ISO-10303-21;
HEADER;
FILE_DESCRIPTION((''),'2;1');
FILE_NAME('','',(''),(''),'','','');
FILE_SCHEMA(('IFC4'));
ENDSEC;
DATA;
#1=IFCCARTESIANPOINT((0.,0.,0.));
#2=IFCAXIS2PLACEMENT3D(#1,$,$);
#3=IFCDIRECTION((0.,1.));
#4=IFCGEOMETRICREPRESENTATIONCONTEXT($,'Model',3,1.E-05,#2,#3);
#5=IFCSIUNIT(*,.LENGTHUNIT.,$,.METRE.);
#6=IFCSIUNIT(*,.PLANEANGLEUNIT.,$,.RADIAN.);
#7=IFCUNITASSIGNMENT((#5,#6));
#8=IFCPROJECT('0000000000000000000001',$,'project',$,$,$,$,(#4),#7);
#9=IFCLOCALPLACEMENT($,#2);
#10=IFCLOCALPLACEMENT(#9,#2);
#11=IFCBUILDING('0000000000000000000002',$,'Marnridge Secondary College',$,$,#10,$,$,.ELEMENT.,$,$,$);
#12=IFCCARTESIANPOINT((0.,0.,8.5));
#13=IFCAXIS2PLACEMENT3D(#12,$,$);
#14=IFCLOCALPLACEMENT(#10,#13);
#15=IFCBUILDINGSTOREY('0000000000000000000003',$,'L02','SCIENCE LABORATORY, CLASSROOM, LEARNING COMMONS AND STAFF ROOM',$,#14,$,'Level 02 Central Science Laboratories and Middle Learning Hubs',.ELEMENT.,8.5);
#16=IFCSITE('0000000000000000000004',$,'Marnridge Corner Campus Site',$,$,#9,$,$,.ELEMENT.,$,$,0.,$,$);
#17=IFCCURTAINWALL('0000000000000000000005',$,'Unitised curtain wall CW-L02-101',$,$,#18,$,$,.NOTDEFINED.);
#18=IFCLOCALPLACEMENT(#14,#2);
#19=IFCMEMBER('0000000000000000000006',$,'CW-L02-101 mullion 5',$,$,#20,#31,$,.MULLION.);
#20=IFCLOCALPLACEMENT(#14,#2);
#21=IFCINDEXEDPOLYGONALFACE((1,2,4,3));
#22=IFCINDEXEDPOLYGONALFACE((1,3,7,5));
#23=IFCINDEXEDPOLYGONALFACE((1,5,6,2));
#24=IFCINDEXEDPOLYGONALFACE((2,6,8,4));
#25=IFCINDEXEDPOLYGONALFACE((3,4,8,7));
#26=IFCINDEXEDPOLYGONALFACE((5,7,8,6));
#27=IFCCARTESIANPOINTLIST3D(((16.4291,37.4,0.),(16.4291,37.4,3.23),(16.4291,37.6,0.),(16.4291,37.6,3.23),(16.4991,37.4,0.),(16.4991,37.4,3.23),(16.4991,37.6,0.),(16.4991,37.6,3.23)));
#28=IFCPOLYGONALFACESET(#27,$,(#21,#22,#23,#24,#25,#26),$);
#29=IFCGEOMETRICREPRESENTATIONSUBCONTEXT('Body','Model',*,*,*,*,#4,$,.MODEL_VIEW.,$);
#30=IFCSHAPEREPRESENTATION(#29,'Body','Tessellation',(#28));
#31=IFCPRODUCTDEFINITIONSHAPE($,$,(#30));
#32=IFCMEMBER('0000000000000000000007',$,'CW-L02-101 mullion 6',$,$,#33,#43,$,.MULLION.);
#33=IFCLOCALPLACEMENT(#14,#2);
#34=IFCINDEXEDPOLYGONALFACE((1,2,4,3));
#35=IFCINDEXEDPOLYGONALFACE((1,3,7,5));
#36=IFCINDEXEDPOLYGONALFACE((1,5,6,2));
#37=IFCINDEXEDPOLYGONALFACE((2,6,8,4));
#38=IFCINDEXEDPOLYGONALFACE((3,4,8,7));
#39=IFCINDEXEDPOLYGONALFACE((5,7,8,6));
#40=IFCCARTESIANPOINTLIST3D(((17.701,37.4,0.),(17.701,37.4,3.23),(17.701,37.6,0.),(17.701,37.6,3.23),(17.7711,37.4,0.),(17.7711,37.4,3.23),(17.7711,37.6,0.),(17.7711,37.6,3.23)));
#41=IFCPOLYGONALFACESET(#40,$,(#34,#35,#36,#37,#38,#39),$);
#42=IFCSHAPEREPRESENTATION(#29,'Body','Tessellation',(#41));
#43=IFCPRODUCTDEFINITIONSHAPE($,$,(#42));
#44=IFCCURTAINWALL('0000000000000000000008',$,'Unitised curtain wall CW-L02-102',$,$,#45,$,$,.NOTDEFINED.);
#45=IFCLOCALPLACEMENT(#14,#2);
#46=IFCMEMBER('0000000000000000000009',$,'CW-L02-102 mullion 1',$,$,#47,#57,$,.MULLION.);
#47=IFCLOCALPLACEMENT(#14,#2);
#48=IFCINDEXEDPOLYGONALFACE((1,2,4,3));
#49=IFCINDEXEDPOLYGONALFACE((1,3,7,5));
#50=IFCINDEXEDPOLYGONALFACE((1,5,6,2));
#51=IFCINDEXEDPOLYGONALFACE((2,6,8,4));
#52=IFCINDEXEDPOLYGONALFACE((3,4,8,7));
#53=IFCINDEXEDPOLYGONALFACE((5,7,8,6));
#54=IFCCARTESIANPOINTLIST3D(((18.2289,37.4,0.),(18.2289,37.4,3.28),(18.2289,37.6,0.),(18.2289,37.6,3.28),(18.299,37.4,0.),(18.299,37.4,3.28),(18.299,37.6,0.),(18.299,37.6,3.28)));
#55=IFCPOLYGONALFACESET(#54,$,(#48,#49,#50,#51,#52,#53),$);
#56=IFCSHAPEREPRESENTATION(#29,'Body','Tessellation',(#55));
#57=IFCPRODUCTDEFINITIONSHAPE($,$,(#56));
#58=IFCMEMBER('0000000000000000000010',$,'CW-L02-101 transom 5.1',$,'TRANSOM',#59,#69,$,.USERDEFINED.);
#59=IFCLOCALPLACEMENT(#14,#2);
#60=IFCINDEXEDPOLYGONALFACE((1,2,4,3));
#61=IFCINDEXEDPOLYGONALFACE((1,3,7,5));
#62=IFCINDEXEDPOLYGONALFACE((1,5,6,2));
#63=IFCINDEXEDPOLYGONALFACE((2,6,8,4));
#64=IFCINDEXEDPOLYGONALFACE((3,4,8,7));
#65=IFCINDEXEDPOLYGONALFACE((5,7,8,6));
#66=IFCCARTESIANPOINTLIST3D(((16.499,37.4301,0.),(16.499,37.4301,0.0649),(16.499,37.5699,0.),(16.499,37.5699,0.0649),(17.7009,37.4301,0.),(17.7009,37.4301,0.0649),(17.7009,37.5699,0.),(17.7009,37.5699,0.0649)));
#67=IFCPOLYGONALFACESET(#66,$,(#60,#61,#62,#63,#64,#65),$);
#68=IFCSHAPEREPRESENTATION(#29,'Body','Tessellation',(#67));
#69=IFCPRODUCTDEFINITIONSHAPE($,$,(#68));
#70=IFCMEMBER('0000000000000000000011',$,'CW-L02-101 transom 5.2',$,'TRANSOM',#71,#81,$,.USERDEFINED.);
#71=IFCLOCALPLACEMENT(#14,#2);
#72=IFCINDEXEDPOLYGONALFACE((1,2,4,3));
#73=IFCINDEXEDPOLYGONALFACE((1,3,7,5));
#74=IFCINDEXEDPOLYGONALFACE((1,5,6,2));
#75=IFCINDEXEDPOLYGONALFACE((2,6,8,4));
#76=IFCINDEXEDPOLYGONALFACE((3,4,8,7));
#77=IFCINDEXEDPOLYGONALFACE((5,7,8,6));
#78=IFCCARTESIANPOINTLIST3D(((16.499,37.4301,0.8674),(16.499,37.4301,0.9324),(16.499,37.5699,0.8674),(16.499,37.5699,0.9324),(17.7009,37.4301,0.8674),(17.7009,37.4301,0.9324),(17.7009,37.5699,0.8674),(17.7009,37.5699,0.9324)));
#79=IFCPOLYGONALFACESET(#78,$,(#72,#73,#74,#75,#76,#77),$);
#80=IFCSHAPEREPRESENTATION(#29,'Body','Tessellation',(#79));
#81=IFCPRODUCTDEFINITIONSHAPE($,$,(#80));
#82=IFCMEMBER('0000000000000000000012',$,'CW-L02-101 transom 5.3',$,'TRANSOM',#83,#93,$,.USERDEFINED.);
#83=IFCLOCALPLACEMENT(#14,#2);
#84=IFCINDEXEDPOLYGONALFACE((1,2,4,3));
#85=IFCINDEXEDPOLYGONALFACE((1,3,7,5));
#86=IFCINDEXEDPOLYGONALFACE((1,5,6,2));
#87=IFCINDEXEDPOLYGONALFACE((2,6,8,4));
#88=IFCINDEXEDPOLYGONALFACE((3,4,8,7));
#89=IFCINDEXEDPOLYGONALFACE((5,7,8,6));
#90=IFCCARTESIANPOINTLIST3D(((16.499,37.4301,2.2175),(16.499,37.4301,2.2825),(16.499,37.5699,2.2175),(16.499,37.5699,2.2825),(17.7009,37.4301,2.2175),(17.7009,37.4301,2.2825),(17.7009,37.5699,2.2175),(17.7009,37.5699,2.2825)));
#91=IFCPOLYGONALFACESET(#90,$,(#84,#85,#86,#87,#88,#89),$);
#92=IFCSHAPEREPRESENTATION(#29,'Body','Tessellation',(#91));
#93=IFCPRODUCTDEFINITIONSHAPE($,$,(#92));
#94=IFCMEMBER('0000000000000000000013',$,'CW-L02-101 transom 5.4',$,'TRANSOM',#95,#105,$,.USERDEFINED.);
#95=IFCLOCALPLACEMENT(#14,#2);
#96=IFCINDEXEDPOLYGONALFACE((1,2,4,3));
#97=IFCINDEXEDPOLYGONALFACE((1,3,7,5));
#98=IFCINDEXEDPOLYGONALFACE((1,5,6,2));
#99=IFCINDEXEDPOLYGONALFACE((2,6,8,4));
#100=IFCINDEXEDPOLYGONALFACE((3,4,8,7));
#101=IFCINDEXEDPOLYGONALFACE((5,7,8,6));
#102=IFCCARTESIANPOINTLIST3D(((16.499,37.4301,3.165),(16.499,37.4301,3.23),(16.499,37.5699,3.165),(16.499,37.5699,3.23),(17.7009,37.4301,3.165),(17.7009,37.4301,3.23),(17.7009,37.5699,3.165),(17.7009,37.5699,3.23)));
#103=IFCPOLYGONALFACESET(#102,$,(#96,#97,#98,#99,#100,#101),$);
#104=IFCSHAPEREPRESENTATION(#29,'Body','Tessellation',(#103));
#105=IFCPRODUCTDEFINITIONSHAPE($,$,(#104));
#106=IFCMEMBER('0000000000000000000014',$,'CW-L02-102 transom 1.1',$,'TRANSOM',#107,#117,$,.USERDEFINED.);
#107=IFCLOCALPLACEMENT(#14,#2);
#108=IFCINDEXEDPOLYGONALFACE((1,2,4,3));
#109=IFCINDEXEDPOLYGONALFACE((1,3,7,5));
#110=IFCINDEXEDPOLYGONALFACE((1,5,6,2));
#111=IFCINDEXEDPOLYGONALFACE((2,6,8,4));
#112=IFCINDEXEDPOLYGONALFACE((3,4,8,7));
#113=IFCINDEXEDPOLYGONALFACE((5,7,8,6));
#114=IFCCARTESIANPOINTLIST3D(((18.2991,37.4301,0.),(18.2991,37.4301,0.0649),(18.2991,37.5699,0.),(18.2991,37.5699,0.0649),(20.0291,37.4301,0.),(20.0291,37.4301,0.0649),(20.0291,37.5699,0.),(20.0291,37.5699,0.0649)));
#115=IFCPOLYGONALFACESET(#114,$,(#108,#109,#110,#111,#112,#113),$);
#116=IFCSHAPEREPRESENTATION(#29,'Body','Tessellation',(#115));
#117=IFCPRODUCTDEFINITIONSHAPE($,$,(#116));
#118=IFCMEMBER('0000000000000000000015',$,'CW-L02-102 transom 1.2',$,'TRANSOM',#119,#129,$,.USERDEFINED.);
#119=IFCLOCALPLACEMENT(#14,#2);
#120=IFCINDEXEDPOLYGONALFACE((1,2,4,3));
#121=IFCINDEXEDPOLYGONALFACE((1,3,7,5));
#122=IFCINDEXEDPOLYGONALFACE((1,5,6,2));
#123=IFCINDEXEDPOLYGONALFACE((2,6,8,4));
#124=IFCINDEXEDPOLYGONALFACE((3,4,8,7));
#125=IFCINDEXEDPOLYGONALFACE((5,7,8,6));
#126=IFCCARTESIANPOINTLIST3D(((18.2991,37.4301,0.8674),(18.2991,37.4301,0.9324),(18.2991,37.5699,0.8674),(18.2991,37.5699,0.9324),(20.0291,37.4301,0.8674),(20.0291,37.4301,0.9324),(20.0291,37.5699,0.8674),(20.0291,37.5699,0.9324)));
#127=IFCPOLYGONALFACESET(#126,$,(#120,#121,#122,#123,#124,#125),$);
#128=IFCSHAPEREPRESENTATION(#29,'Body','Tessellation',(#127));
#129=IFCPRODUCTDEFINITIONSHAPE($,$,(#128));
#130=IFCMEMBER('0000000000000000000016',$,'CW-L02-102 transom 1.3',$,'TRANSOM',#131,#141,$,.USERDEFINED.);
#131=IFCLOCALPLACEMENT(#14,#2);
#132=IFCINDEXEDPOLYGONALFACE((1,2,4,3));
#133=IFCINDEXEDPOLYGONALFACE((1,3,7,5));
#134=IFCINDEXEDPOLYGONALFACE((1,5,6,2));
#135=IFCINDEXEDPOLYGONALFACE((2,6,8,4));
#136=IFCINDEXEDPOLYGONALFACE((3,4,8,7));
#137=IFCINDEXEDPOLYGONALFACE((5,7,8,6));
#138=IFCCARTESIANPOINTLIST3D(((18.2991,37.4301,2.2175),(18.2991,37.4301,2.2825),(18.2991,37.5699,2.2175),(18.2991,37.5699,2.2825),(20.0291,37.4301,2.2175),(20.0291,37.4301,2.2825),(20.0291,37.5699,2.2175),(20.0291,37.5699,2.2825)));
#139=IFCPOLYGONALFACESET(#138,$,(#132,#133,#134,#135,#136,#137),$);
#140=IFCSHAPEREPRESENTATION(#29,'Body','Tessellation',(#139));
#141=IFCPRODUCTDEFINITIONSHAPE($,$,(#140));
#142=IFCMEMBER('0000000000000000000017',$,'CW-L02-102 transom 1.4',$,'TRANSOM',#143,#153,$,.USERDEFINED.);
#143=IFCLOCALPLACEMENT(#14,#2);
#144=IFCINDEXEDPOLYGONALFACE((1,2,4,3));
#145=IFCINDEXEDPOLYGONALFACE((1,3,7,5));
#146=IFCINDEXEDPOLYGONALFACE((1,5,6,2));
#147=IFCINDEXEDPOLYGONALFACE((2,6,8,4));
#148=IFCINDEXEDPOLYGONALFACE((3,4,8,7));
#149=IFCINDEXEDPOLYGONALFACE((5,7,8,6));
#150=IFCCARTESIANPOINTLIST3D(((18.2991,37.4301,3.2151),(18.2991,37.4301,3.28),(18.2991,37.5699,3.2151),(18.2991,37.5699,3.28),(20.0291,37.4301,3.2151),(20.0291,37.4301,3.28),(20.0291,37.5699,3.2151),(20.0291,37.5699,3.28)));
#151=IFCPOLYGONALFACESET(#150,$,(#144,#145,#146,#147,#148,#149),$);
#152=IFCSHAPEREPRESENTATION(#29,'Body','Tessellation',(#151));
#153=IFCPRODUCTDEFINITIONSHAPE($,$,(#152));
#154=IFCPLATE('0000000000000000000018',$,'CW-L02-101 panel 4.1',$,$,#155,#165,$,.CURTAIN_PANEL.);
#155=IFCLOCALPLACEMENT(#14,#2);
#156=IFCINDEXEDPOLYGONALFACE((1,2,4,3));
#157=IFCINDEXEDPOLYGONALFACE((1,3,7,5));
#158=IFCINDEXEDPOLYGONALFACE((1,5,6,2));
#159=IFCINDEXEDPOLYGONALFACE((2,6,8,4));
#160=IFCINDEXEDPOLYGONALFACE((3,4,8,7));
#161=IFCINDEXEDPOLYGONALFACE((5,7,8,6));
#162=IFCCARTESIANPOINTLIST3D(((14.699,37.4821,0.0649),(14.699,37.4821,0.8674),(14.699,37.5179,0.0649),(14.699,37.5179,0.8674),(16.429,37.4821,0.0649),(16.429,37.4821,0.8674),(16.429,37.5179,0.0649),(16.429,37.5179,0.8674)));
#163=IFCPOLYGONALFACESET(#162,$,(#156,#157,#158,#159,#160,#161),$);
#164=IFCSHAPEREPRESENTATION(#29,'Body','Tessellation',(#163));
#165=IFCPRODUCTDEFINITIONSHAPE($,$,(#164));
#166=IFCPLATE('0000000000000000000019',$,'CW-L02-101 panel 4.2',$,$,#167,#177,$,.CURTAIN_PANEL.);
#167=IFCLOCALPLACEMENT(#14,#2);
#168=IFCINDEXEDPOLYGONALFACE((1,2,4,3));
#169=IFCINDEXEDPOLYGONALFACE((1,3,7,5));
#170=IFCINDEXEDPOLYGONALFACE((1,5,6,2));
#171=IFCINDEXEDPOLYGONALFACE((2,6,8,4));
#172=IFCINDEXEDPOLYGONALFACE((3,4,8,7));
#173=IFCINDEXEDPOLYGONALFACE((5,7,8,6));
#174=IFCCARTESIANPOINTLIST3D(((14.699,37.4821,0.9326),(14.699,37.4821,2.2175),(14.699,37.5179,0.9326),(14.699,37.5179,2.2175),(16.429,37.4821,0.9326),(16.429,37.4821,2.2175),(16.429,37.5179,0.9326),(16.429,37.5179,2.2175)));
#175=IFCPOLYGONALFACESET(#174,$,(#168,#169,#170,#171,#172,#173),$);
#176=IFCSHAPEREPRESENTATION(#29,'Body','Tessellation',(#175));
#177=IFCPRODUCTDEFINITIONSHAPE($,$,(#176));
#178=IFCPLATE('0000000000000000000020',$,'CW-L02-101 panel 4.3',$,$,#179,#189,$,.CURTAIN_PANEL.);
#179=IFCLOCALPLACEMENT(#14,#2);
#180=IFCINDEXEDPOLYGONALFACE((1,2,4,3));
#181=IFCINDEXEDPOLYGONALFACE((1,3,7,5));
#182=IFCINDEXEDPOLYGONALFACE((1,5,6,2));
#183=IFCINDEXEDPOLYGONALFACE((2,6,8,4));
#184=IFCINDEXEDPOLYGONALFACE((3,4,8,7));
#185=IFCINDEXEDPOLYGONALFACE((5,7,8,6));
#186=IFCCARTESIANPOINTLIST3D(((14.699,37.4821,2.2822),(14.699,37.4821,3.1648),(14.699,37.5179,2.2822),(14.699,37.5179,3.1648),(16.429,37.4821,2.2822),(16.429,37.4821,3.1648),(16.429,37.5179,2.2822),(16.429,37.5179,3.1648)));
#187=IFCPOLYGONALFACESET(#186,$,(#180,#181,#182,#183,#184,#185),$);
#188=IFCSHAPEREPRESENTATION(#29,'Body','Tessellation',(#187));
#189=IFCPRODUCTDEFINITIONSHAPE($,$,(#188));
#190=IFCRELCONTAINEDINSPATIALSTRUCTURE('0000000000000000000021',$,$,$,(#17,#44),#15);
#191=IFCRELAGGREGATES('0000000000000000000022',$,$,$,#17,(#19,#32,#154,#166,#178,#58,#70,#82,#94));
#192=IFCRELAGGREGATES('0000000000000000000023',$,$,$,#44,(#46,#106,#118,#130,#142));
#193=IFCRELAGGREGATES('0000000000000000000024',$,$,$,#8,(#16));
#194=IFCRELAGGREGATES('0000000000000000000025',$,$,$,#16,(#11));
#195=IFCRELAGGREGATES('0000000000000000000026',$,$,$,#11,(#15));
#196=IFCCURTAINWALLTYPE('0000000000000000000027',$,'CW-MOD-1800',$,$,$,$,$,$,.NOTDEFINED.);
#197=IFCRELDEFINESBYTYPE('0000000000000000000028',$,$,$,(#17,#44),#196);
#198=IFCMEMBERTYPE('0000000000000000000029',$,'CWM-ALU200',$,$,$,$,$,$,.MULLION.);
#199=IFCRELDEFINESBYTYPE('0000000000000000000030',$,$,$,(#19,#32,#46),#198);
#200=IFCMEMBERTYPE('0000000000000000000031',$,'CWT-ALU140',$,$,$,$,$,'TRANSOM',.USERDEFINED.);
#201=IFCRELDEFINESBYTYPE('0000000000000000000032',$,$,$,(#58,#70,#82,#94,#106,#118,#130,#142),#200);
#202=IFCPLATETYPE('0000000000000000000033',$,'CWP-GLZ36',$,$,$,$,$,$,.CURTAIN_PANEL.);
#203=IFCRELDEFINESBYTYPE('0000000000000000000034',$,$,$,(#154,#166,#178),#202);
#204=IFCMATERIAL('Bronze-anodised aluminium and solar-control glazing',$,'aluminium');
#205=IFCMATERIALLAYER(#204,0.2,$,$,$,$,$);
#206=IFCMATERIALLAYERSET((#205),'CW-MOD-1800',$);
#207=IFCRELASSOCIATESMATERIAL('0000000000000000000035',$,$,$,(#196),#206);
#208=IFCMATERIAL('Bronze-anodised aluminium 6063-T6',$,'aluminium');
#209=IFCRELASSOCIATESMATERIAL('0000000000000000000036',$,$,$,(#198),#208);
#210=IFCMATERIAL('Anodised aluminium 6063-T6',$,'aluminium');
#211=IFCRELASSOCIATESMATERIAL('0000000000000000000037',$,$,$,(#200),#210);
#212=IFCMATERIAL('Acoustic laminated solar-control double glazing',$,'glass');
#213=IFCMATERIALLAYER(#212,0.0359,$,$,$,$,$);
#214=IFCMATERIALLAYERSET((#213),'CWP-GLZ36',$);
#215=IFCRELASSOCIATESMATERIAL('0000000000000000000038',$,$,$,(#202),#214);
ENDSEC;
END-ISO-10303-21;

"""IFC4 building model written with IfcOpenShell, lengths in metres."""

from ifc_helpers import new_model, si_unit, direction, frame, origin, origin_2d, place, context, subcontext, project, spatial, rectangle, extrude, material, layer, layer_set, material_profile, profile_set, type_object, element, aggregate, save


model = new_model("IFC4")

# Units and contexts
model_context = context("Model", 3, precision=1e-05, world=origin(), true_north=direction((0.0, 1.0)))
body_context = subcontext(model_context, "Body", "Model", "MODEL_VIEW")
ifc_project = project(units=[si_unit("LENGTHUNIT", "METRE"), si_unit("PLANEANGLEUNIT", "RADIAN")], contexts=[model_context])

# Site, building, storey
site_placement = place(None, origin())
site = spatial("IfcSite", under=ifc_project, at=site_placement, Name="Marnridge Corner Campus Site", CompositionType="ELEMENT", RefElevation=0.0)
building_placement = place(site_placement, origin())
building = spatial("IfcBuilding", under=site, at=building_placement, Name="Marnridge Secondary College", CompositionType="ELEMENT")
storey_placement = place(building_placement, frame((0.0, 0.0, 8.5)))
storey = spatial("IfcBuildingStorey", under=building, at=storey_placement, Name="L02", Description="SCIENCE LABORATORY, CLASSROOM, LEARNING COMMONS AND STAFF ROOM", LongName="Level 02 Central Science Laboratories and Middle Learning Hubs", CompositionType="ELEMENT", Elevation=8.5)

# Curtain wall, members
ifc_material_1 = material(Name="Bronze-anodised aluminium and solar-control glazing", Category="aluminium")
ifc_layer_1 = layer(ifc_material_1, 0.2)
ifc_layer_set_1 = layer_set([ifc_layer_1], Name="CW-MOD-1800")
curtain_wall_type = type_object("IfcCurtainWallType", Name="CW-MOD-1800", PredefinedType="NOTDEFINED", material=ifc_layer_set_1)
curtain_wall_1_placement = place(storey_placement, origin())
curtain_wall_1 = element("IfcCurtainWall", 1, at=curtain_wall_1_placement, inside=storey, type_object=curtain_wall_type, Name="Unitised curtain wall CW-L02-101", PredefinedType="NOTDEFINED")
ifc_material_2 = material(Name="Bronze-anodised aluminium 6063-T6", Category="aluminium")
ifc_material_profile_1 = material_profile(ifc_material_2, rectangle(XDim=0.0701, YDim=0.2, at=origin_2d()), Name="ALU 70x200")
ifc_profile_set_1 = profile_set([ifc_material_profile_1], Name="Bronze-anodised aluminium 6063-T6")
member_type_1 = type_object("IfcMemberType", Name="CWM-ALU200", PredefinedType="MULLION", material=ifc_profile_set_1)
member_1_placement = place(storey_placement, frame((16.4641, 37.5, 0.0), z_axis=(0.0, 0.0, 1.0), x_axis=(1.0, 0.0, 0.0)))
member_1 = element("IfcMember", 2, at=member_1_placement, type_object=member_type_1, Name="CW-L02-101 mullion 5", PredefinedType="MULLION", context=body_context, shape_type="SweptSolid", body=[
    extrude(rectangle(XDim=0.0701, YDim=0.2, at=origin_2d()), origin(), (0.0, 0.0, 1.0), 3.23),
])
member_2_placement = place(storey_placement, frame((17.7361, 37.5, 0.0), z_axis=(0.0, 0.0, 1.0), x_axis=(1.0, 0.0, 0.0)))
member_2 = element("IfcMember", 3, at=member_2_placement, type_object=member_type_1, Name="CW-L02-101 mullion 6", PredefinedType="MULLION", context=body_context, shape_type="SweptSolid", body=[
    extrude(rectangle(XDim=0.0701, YDim=0.2, at=origin_2d()), origin(), (0.0, 0.0, 1.0), 3.23),
])

# Curtain wall, member
curtain_wall_2_placement = place(storey_placement, origin())
curtain_wall_2 = element("IfcCurtainWall", 4, at=curtain_wall_2_placement, inside=storey, type_object=curtain_wall_type, Name="Unitised curtain wall CW-L02-102", PredefinedType="NOTDEFINED")
member_3_placement = place(storey_placement, frame((18.2639, 37.5, 0.0), z_axis=(0.0, 0.0, 1.0), x_axis=(1.0, 0.0, 0.0)))
member_3 = element("IfcMember", 5, at=member_3_placement, type_object=member_type_1, Name="CW-L02-102 mullion 1", PredefinedType="MULLION", context=body_context, shape_type="SweptSolid", body=[
    extrude(rectangle(XDim=0.0701, YDim=0.2, at=origin_2d()), origin(), (0.0, 0.0, 1.0), 3.28),
])

# Members
ifc_material_3 = material(Name="Anodised aluminium 6063-T6", Category="aluminium")
ifc_material_profile_2 = material_profile(ifc_material_3, rectangle(XDim=0.0649, YDim=0.1399, at=origin_2d()), Name="ALU 65x140")
ifc_profile_set_2 = profile_set([ifc_material_profile_2], Name="Anodised aluminium 6063-T6")
member_type_2 = type_object("IfcMemberType", Name="CWT-ALU140", ElementType="TRANSOM", PredefinedType="USERDEFINED", material=ifc_profile_set_2)
member_4_placement = place(storey_placement, frame((16.499, 37.5, 0.0325), z_axis=(1.0, 0.0, 0.0), x_axis=(0.0, 0.0, 1.0)))
member_4 = element("IfcMember", 6, at=member_4_placement, type_object=member_type_2, Name="CW-L02-101 transom 5.1", ObjectType="TRANSOM", PredefinedType="USERDEFINED", context=body_context, shape_type="SweptSolid", body=[
    extrude(rectangle(XDim=0.0649, YDim=0.1399, at=origin_2d()), origin(), (0.0, 0.0, 1.0), 1.2019),
])
member_5_placement = place(storey_placement, frame((16.499, 37.5, 0.8999), z_axis=(1.0, 0.0, 0.0), x_axis=(0.0, 0.0, 1.0)))
member_5 = element("IfcMember", 7, at=member_5_placement, type_object=member_type_2, Name="CW-L02-101 transom 5.2", ObjectType="TRANSOM", PredefinedType="USERDEFINED", context=body_context, shape_type="SweptSolid", body=[
    extrude(rectangle(XDim=0.0649, YDim=0.1399, at=origin_2d()), origin(), (0.0, 0.0, 1.0), 1.2019),
])
member_6_placement = place(storey_placement, frame((16.499, 37.5, 2.25), z_axis=(1.0, 0.0, 0.0), x_axis=(0.0, 0.0, 1.0)))
member_6 = element("IfcMember", 8, at=member_6_placement, type_object=member_type_2, Name="CW-L02-101 transom 5.3", ObjectType="TRANSOM", PredefinedType="USERDEFINED", context=body_context, shape_type="SweptSolid", body=[
    extrude(rectangle(XDim=0.0649, YDim=0.1399, at=origin_2d()), origin(), (0.0, 0.0, 1.0), 1.2019),
])
member_7_placement = place(storey_placement, frame((16.499, 37.5, 3.1975), z_axis=(1.0, 0.0, 0.0), x_axis=(0.0, 0.0, 1.0)))
member_7 = element("IfcMember", 9, at=member_7_placement, type_object=member_type_2, Name="CW-L02-101 transom 5.4", ObjectType="TRANSOM", PredefinedType="USERDEFINED", context=body_context, shape_type="SweptSolid", body=[
    extrude(rectangle(XDim=0.0649, YDim=0.1399, at=origin_2d()), origin(), (0.0, 0.0, 1.0), 1.2019),
])
member_8_placement = place(storey_placement, frame((18.2991, 37.5, 0.0325), z_axis=(1.0, 0.0, 0.0), x_axis=(0.0, 0.0, 1.0)))
member_8 = element("IfcMember", 10, at=member_8_placement, type_object=member_type_2, Name="CW-L02-102 transom 1.1", ObjectType="TRANSOM", PredefinedType="USERDEFINED", context=body_context, shape_type="SweptSolid", body=[
    extrude(rectangle(XDim=0.0649, YDim=0.1399, at=origin_2d()), origin(), (0.0, 0.0, 1.0), 1.73),
])
member_9_placement = place(storey_placement, frame((18.2991, 37.5, 0.8999), z_axis=(1.0, 0.0, 0.0), x_axis=(0.0, 0.0, 1.0)))
member_9 = element("IfcMember", 11, at=member_9_placement, type_object=member_type_2, Name="CW-L02-102 transom 1.2", ObjectType="TRANSOM", PredefinedType="USERDEFINED", context=body_context, shape_type="SweptSolid", body=[
    extrude(rectangle(XDim=0.0649, YDim=0.1399, at=origin_2d()), origin(), (0.0, 0.0, 1.0), 1.73),
])
member_10_placement = place(storey_placement, frame((18.2991, 37.5, 2.25), z_axis=(1.0, 0.0, 0.0), x_axis=(0.0, 0.0, 1.0)))
member_10 = element("IfcMember", 12, at=member_10_placement, type_object=member_type_2, Name="CW-L02-102 transom 1.3", ObjectType="TRANSOM", PredefinedType="USERDEFINED", context=body_context, shape_type="SweptSolid", body=[
    extrude(rectangle(XDim=0.0649, YDim=0.1399, at=origin_2d()), origin(), (0.0, 0.0, 1.0), 1.73),
])
member_11_placement = place(storey_placement, frame((18.2991, 37.5, 3.2476), z_axis=(1.0, 0.0, 0.0), x_axis=(0.0, 0.0, 1.0)))
member_11 = element("IfcMember", 13, at=member_11_placement, type_object=member_type_2, Name="CW-L02-102 transom 1.4", ObjectType="TRANSOM", PredefinedType="USERDEFINED", context=body_context, shape_type="SweptSolid", body=[
    extrude(rectangle(XDim=0.0649, YDim=0.1399, at=origin_2d()), origin(), (0.0, 0.0, 1.0), 1.73),
])

# Plates
ifc_material_4 = material(Name="Acoustic laminated solar-control double glazing", Category="glass")
ifc_layer_2 = layer(ifc_material_4, 0.0359)
ifc_layer_set_2 = layer_set([ifc_layer_2], Name="CWP-GLZ36")
plate_type = type_object("IfcPlateType", Name="CWP-GLZ36", PredefinedType="CURTAIN_PANEL", material=ifc_layer_set_2)
plate_1_placement = place(storey_placement, frame((15.564, 37.5, 0.0649), z_axis=(0.0, 0.0, 1.0), x_axis=(1.0, 0.0, 0.0)))
plate_1 = element("IfcPlate", 14, at=plate_1_placement, type_object=plate_type, Name="CW-L02-101 panel 4.1", PredefinedType="CURTAIN_PANEL", context=body_context, shape_type="SweptSolid", body=[
    extrude(rectangle(XDim=1.73, YDim=0.0359, at=origin_2d()), origin(), (0.0, 0.0, 1.0), 0.8025),
])
plate_2_placement = place(storey_placement, frame((15.564, 37.5, 0.9326), z_axis=(0.0, 0.0, 1.0), x_axis=(1.0, 0.0, 0.0)))
plate_2 = element("IfcPlate", 15, at=plate_2_placement, type_object=plate_type, Name="CW-L02-101 panel 4.2", PredefinedType="CURTAIN_PANEL", context=body_context, shape_type="SweptSolid", body=[
    extrude(rectangle(XDim=1.73, YDim=0.0359, at=origin_2d()), origin(), (0.0, 0.0, 1.0), 1.2849),
])
plate_3_placement = place(storey_placement, frame((15.564, 37.5, 2.2822), z_axis=(0.0, 0.0, 1.0), x_axis=(1.0, 0.0, 0.0)))
plate_3 = element("IfcPlate", 16, at=plate_3_placement, type_object=plate_type, Name="CW-L02-101 panel 4.3", PredefinedType="CURTAIN_PANEL", context=body_context, shape_type="SweptSolid", body=[
    extrude(rectangle(XDim=1.73, YDim=0.0359, at=origin_2d()), origin(), (0.0, 0.0, 1.0), 0.8826),
])
aggregate(curtain_wall_1, [member_1, member_2, plate_1, plate_2, plate_3, member_4, member_5, member_6, member_7])
aggregate(curtain_wall_2, [member_3, member_8, member_9, member_10, member_11])

save(model, "model.ifc")
